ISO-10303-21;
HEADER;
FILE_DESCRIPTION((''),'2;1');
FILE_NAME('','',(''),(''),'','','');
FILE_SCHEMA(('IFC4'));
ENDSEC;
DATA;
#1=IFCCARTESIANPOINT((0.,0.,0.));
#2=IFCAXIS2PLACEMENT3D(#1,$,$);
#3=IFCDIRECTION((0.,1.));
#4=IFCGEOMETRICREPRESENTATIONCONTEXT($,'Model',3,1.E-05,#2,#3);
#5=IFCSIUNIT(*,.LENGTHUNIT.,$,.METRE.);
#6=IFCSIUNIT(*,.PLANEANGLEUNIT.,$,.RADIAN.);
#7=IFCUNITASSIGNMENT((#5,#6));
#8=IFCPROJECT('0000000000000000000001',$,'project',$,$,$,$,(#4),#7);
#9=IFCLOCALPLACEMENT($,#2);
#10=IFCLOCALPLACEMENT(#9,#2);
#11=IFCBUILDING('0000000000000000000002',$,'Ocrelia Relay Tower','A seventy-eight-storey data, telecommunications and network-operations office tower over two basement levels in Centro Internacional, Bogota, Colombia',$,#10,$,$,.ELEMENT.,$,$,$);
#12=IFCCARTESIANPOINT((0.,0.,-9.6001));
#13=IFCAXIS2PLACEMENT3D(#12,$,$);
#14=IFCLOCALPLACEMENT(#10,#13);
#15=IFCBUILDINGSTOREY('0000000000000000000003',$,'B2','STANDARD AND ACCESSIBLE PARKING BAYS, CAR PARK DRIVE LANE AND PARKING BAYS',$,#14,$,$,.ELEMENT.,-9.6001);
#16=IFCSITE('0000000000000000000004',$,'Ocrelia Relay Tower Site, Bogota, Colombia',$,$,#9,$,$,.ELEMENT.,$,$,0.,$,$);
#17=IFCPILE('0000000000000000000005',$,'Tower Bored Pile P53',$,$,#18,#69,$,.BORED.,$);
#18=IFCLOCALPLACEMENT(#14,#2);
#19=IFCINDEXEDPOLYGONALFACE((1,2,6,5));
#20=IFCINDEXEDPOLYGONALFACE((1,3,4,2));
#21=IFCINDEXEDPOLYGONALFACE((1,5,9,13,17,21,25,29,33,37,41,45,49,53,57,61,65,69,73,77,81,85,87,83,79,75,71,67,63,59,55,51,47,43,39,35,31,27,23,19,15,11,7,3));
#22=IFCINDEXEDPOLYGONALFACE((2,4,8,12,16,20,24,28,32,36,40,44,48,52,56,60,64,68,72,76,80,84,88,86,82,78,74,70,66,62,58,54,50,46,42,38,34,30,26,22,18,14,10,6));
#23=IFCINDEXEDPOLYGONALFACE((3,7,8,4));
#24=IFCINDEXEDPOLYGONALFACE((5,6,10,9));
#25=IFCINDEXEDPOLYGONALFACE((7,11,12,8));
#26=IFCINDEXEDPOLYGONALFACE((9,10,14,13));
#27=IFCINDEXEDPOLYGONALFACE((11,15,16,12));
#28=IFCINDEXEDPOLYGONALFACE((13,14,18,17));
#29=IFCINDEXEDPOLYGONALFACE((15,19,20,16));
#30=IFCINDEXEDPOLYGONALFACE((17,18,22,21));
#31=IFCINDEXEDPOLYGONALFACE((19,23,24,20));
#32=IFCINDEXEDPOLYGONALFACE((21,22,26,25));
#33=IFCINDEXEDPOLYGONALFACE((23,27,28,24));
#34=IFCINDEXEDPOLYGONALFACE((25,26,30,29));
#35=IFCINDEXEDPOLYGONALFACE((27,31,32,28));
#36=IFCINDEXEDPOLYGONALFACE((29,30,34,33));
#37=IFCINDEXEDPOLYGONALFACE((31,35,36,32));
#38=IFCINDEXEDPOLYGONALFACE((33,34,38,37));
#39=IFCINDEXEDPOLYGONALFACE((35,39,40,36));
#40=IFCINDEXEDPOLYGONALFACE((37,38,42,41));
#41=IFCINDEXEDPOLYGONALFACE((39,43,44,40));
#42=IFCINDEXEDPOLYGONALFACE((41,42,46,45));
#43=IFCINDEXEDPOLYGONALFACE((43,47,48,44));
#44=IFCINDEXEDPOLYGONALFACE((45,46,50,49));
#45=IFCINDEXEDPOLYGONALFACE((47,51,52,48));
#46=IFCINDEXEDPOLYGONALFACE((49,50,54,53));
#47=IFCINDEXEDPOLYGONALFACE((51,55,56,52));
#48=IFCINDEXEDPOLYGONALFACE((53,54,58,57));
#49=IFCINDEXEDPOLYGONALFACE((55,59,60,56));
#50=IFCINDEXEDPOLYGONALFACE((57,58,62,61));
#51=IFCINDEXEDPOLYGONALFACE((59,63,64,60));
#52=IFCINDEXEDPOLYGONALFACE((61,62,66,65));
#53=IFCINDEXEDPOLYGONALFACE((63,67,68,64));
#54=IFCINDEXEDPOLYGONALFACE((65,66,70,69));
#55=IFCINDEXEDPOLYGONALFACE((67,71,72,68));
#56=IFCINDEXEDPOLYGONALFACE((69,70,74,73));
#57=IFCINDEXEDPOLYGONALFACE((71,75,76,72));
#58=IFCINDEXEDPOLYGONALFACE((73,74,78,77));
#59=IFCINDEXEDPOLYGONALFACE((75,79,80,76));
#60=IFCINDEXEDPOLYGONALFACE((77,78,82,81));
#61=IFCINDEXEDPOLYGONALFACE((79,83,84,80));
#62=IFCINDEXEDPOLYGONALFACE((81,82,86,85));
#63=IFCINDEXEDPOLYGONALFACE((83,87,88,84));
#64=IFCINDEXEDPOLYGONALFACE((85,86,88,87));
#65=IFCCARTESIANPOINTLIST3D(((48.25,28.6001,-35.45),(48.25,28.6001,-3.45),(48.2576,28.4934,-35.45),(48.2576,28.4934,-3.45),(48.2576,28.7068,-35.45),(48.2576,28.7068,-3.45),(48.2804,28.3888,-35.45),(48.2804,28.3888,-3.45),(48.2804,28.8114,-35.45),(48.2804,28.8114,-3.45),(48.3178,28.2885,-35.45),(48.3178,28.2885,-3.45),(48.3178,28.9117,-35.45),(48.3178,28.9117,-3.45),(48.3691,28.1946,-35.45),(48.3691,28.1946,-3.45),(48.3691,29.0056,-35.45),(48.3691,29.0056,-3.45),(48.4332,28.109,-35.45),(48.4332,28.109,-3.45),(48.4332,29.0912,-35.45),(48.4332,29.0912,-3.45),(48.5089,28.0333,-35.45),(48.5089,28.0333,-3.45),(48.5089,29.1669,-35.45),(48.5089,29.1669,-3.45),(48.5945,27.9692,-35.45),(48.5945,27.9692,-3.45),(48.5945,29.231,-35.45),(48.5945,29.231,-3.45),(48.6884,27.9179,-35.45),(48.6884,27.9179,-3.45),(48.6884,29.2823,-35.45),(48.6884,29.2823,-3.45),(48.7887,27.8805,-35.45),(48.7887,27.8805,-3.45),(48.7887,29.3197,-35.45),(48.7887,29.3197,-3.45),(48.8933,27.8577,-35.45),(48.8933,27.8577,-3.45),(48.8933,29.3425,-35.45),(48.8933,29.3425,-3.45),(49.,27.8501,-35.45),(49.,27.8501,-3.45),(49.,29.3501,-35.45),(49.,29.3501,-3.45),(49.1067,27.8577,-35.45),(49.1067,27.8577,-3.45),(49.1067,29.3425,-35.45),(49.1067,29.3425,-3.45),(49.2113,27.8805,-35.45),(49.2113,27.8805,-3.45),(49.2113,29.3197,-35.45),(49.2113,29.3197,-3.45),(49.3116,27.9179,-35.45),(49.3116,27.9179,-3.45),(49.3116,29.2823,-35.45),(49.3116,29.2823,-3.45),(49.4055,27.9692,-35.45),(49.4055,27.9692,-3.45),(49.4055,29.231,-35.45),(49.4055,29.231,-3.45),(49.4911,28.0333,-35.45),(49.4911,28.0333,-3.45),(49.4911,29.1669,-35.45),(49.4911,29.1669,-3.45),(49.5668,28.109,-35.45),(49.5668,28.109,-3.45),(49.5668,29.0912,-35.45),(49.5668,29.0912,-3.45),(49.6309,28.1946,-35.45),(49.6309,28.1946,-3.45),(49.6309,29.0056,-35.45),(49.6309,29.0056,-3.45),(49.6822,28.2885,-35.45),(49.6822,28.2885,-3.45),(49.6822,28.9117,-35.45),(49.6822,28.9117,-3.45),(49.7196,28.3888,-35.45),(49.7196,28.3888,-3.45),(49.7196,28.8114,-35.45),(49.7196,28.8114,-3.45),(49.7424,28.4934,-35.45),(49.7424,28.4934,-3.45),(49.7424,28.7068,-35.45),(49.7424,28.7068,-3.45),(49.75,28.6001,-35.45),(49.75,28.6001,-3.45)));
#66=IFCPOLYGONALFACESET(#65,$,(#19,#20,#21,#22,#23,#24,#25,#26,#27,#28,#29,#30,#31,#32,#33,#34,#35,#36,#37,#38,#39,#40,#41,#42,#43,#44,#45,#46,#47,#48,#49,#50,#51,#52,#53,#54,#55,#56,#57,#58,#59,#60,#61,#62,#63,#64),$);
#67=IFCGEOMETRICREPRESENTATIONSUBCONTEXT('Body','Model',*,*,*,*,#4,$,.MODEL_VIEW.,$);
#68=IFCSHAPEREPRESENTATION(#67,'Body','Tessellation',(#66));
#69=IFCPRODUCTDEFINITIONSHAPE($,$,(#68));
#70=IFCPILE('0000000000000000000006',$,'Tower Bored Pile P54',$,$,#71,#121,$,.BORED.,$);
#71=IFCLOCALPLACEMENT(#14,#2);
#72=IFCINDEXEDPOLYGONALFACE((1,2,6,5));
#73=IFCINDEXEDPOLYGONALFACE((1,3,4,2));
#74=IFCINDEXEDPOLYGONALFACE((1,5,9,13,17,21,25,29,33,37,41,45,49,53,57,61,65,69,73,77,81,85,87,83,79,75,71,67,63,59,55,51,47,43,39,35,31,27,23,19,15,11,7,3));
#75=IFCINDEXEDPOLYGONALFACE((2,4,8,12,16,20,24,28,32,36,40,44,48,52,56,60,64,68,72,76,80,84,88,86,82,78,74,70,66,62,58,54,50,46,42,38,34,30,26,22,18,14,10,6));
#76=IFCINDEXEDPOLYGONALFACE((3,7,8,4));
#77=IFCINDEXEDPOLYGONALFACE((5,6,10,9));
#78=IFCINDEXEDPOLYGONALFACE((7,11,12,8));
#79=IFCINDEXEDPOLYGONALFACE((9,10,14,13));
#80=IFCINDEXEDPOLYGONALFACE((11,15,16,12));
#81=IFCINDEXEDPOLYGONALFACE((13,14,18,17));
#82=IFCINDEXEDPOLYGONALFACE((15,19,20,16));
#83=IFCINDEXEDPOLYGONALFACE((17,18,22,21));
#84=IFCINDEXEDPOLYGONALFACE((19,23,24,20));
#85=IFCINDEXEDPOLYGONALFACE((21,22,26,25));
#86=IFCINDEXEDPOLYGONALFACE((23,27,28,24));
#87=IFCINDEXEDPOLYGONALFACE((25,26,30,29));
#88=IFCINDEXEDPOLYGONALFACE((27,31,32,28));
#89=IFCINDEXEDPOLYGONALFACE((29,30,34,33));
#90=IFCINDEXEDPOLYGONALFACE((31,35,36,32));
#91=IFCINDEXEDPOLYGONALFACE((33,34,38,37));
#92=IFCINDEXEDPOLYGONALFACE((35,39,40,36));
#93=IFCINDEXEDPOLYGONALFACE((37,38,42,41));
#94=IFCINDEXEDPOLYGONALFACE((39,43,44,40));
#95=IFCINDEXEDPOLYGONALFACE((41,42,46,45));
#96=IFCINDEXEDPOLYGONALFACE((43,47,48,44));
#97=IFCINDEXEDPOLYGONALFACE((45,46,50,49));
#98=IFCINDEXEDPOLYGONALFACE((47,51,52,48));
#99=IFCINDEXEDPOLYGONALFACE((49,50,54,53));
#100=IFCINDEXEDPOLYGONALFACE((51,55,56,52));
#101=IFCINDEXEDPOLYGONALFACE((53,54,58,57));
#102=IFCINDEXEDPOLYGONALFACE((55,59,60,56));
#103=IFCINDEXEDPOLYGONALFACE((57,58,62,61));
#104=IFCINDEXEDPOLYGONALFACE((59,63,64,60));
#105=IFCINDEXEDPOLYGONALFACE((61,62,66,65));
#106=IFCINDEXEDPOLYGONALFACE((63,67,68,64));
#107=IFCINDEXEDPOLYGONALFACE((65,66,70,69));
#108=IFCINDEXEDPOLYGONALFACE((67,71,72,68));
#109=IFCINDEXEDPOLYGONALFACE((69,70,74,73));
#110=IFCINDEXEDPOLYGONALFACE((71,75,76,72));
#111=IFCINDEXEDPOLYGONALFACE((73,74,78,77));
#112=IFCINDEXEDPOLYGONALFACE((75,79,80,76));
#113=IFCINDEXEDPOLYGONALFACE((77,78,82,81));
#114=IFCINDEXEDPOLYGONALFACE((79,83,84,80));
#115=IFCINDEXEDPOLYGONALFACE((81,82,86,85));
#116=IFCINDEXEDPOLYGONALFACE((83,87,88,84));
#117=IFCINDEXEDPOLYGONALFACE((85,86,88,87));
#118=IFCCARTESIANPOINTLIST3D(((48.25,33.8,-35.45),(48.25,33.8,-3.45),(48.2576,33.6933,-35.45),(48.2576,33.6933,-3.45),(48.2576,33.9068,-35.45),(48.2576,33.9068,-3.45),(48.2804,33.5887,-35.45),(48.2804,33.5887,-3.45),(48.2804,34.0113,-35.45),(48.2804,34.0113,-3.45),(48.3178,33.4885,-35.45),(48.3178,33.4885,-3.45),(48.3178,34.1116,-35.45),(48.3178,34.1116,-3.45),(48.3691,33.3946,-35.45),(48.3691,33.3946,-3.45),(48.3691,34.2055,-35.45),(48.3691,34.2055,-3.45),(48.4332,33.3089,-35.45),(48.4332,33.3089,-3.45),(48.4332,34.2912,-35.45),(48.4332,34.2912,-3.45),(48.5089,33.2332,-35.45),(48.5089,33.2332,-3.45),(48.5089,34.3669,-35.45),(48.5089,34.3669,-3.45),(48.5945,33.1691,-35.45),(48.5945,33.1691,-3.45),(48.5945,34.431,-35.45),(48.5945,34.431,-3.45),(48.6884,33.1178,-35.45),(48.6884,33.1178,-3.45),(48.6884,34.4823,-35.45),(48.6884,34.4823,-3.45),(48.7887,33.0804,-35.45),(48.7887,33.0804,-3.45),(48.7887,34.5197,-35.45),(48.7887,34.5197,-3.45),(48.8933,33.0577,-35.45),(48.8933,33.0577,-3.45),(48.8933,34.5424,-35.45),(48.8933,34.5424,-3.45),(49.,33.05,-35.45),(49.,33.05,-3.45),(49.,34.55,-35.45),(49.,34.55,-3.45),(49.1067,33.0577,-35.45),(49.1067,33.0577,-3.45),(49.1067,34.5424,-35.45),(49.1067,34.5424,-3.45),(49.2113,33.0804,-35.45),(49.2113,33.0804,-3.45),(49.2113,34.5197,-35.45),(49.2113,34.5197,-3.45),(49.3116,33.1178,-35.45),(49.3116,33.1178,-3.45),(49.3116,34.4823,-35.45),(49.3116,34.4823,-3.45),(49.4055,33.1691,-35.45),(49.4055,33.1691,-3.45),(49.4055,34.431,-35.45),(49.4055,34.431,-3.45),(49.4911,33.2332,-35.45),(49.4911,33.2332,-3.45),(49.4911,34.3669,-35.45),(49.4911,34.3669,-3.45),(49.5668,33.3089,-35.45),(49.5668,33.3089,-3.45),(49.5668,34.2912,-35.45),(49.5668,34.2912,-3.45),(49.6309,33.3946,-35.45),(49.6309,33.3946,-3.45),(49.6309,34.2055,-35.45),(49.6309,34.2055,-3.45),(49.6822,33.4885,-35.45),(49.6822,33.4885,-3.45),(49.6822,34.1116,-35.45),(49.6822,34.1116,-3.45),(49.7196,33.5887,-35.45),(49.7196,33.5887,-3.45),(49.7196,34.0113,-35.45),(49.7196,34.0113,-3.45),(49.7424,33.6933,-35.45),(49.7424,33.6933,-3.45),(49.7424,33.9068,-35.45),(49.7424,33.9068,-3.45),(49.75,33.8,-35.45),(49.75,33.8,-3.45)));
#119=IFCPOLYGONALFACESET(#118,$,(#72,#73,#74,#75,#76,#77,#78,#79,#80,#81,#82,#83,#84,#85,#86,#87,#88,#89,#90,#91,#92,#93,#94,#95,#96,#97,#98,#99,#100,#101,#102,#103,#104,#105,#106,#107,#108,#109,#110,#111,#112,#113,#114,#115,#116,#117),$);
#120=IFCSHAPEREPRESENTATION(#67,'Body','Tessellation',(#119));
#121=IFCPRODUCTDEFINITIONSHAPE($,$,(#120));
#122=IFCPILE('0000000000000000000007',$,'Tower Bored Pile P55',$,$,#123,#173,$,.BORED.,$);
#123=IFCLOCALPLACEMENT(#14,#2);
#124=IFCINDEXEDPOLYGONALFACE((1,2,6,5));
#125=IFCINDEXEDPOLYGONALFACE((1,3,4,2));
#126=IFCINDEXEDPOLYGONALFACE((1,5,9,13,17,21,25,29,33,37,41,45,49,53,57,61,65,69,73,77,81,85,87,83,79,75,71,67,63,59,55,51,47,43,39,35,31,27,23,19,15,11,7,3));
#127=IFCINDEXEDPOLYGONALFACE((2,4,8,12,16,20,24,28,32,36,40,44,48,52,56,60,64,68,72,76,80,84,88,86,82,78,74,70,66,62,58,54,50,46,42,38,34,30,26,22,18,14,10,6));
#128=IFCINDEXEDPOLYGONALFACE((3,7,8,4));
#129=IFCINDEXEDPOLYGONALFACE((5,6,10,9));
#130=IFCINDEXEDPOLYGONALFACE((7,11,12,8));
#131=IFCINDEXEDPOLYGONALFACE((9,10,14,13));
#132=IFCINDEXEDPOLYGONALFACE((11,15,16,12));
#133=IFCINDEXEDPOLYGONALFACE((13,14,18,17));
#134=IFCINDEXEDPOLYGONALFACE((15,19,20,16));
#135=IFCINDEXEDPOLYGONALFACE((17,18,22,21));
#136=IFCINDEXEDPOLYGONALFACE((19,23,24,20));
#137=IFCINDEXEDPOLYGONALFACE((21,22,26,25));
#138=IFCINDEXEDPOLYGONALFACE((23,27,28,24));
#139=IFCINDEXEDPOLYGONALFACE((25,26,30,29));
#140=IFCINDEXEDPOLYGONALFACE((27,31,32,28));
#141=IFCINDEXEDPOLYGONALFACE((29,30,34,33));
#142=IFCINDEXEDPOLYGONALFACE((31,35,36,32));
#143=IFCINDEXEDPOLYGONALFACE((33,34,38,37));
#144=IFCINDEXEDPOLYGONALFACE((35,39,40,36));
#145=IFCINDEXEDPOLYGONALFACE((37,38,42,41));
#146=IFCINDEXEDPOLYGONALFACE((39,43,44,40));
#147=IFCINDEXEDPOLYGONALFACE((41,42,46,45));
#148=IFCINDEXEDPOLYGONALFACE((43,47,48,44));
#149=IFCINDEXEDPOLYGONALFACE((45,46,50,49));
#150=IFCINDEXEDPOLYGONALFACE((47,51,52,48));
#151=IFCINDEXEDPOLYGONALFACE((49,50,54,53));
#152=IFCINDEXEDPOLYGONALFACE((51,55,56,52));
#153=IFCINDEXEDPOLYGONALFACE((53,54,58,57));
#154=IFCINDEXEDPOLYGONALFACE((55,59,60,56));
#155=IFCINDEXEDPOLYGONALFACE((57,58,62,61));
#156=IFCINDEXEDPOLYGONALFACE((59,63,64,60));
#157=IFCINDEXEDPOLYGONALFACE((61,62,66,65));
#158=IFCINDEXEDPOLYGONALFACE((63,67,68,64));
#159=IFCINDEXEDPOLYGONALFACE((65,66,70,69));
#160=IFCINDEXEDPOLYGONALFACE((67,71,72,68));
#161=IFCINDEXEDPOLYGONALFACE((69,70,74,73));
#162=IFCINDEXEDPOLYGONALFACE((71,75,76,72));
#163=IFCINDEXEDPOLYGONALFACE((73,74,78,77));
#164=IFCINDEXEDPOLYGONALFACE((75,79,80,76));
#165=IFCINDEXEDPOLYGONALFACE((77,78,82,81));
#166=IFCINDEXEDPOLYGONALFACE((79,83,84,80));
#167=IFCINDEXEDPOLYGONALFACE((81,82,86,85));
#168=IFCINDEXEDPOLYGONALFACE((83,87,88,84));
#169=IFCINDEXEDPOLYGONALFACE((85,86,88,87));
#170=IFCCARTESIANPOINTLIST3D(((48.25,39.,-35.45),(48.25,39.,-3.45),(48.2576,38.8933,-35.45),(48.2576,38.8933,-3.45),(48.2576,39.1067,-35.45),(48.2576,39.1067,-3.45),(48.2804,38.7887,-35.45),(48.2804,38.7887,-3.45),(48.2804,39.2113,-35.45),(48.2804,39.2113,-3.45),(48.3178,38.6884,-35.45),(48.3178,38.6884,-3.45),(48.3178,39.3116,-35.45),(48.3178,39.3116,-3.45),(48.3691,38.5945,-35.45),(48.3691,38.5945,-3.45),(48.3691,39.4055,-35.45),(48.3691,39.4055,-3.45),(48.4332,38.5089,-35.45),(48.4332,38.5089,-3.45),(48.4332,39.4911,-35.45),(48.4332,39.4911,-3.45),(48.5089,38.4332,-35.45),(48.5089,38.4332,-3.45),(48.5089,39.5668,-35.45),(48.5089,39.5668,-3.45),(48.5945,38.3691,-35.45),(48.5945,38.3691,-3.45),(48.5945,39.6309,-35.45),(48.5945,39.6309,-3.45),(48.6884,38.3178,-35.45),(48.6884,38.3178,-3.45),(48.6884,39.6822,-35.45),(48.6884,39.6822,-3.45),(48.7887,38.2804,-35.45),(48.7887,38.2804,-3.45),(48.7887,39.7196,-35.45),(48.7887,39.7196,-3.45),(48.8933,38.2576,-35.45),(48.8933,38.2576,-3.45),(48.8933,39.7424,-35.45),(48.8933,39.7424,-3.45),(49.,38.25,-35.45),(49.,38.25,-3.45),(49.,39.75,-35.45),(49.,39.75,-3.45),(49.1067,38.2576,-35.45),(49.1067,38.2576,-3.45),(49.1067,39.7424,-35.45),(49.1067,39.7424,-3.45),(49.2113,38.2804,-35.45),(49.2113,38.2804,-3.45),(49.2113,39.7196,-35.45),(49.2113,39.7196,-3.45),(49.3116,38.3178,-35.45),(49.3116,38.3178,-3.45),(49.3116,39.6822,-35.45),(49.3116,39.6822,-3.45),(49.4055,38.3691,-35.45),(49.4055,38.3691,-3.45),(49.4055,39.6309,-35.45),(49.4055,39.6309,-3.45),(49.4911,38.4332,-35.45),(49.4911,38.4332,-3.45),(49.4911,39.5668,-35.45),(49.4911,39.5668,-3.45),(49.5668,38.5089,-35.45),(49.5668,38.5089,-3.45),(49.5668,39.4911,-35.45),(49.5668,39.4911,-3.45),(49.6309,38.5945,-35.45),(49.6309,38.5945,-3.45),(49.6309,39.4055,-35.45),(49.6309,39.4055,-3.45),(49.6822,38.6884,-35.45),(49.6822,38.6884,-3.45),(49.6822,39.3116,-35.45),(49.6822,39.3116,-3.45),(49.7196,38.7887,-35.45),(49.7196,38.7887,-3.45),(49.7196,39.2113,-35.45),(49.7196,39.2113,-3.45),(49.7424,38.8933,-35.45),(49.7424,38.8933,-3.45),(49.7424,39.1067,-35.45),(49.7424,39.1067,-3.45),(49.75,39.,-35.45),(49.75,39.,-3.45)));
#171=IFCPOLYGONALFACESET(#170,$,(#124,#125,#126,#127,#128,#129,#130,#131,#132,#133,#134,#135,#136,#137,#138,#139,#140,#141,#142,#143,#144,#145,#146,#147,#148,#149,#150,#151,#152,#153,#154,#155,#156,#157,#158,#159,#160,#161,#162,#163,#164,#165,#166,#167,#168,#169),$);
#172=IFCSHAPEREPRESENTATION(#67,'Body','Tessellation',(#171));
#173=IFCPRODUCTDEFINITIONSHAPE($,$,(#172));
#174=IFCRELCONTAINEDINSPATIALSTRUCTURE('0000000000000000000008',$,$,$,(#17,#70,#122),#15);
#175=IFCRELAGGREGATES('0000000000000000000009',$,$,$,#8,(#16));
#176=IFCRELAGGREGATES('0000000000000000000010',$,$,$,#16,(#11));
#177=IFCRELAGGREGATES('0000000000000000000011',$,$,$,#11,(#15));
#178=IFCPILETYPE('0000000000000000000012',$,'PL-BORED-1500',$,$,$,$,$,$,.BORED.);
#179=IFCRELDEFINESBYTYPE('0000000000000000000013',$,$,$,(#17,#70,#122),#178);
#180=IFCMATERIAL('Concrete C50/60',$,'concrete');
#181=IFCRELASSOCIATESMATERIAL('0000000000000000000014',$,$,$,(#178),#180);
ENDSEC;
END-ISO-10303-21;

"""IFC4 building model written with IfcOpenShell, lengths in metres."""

from ifc_helpers import new_model, si_unit, direction, frame, origin, origin_2d, place, context, subcontext, project, spatial, circle, extrude, material, material_profile, profile_set, type_object, element, save


model = new_model("IFC4")

# Units and contexts
model_context = context("Model", 3, precision=1e-05, world=origin(), true_north=direction((0.0, 1.0)))
body_context = subcontext(model_context, "Body", "Model", "MODEL_VIEW")
ifc_project = project(units=[si_unit("LENGTHUNIT", "METRE"), si_unit("PLANEANGLEUNIT", "RADIAN")], contexts=[model_context])

# Site, building, storey
site_placement = place(None, origin())
site = spatial("IfcSite", under=ifc_project, at=site_placement, Name="Ocrelia Relay Tower Site, Bogota, Colombia", CompositionType="ELEMENT", RefElevation=0.0)
building_placement = place(site_placement, origin())
building = spatial("IfcBuilding", under=site, at=building_placement, Name="Ocrelia Relay Tower", Description="A seventy-eight-storey data, telecommunications and network-operations office tower over two basement levels in Centro Internacional, Bogota, Colombia", CompositionType="ELEMENT")
storey_placement = place(building_placement, frame((0.0, 0.0, -9.6001)))
storey = spatial("IfcBuildingStorey", under=building, at=storey_placement, Name="B2", Description="STANDARD AND ACCESSIBLE PARKING BAYS, CAR PARK DRIVE LANE AND PARKING BAYS", CompositionType="ELEMENT", Elevation=-9.6001)

# Piles
ifc_material_1 = material(Name="Concrete C50/60", Category="concrete")
ifc_material_profile_1 = material_profile(ifc_material_1, circle(Radius=0.75, at=origin_2d()), Name="PILE-1500")
ifc_profile_set_1 = profile_set([ifc_material_profile_1], Name="Concrete C50/60")
pile_type_1 = type_object("IfcPileType", Name="PL-BORED-1500", PredefinedType="BORED", material=ifc_profile_set_1)
for number, where, z_axis, x_axis, name in (
    (1, (49.0, 28.6001, -3.45), (0.0, 0.0, -1.0), (1.0, 0.0, 0.0), "Tower Bored Pile P53"),
    (2, (49.0, 33.8, -3.45), (0.0, 0.0, -1.0), (1.0, 0.0, 0.0), "Tower Bored Pile P54"),
    (3, (49.0, 39.0, -3.45), (0.0, 0.0, -1.0), (1.0, 0.0, 0.0), "Tower Bored Pile P55"),
):
    element("IfcPile", number, at=place(storey_placement, frame(where, z_axis=z_axis, x_axis=x_axis)), inside=storey, type_object=pile_type_1, Name=name, PredefinedType="BORED", context=body_context, shape_type="SweptSolid", body=[
        extrude(circle(Radius=0.75, at=origin_2d()), origin(), (0.0, 0.0, 1.0), 32.0),
    ])

save(model, "model.ifc")
